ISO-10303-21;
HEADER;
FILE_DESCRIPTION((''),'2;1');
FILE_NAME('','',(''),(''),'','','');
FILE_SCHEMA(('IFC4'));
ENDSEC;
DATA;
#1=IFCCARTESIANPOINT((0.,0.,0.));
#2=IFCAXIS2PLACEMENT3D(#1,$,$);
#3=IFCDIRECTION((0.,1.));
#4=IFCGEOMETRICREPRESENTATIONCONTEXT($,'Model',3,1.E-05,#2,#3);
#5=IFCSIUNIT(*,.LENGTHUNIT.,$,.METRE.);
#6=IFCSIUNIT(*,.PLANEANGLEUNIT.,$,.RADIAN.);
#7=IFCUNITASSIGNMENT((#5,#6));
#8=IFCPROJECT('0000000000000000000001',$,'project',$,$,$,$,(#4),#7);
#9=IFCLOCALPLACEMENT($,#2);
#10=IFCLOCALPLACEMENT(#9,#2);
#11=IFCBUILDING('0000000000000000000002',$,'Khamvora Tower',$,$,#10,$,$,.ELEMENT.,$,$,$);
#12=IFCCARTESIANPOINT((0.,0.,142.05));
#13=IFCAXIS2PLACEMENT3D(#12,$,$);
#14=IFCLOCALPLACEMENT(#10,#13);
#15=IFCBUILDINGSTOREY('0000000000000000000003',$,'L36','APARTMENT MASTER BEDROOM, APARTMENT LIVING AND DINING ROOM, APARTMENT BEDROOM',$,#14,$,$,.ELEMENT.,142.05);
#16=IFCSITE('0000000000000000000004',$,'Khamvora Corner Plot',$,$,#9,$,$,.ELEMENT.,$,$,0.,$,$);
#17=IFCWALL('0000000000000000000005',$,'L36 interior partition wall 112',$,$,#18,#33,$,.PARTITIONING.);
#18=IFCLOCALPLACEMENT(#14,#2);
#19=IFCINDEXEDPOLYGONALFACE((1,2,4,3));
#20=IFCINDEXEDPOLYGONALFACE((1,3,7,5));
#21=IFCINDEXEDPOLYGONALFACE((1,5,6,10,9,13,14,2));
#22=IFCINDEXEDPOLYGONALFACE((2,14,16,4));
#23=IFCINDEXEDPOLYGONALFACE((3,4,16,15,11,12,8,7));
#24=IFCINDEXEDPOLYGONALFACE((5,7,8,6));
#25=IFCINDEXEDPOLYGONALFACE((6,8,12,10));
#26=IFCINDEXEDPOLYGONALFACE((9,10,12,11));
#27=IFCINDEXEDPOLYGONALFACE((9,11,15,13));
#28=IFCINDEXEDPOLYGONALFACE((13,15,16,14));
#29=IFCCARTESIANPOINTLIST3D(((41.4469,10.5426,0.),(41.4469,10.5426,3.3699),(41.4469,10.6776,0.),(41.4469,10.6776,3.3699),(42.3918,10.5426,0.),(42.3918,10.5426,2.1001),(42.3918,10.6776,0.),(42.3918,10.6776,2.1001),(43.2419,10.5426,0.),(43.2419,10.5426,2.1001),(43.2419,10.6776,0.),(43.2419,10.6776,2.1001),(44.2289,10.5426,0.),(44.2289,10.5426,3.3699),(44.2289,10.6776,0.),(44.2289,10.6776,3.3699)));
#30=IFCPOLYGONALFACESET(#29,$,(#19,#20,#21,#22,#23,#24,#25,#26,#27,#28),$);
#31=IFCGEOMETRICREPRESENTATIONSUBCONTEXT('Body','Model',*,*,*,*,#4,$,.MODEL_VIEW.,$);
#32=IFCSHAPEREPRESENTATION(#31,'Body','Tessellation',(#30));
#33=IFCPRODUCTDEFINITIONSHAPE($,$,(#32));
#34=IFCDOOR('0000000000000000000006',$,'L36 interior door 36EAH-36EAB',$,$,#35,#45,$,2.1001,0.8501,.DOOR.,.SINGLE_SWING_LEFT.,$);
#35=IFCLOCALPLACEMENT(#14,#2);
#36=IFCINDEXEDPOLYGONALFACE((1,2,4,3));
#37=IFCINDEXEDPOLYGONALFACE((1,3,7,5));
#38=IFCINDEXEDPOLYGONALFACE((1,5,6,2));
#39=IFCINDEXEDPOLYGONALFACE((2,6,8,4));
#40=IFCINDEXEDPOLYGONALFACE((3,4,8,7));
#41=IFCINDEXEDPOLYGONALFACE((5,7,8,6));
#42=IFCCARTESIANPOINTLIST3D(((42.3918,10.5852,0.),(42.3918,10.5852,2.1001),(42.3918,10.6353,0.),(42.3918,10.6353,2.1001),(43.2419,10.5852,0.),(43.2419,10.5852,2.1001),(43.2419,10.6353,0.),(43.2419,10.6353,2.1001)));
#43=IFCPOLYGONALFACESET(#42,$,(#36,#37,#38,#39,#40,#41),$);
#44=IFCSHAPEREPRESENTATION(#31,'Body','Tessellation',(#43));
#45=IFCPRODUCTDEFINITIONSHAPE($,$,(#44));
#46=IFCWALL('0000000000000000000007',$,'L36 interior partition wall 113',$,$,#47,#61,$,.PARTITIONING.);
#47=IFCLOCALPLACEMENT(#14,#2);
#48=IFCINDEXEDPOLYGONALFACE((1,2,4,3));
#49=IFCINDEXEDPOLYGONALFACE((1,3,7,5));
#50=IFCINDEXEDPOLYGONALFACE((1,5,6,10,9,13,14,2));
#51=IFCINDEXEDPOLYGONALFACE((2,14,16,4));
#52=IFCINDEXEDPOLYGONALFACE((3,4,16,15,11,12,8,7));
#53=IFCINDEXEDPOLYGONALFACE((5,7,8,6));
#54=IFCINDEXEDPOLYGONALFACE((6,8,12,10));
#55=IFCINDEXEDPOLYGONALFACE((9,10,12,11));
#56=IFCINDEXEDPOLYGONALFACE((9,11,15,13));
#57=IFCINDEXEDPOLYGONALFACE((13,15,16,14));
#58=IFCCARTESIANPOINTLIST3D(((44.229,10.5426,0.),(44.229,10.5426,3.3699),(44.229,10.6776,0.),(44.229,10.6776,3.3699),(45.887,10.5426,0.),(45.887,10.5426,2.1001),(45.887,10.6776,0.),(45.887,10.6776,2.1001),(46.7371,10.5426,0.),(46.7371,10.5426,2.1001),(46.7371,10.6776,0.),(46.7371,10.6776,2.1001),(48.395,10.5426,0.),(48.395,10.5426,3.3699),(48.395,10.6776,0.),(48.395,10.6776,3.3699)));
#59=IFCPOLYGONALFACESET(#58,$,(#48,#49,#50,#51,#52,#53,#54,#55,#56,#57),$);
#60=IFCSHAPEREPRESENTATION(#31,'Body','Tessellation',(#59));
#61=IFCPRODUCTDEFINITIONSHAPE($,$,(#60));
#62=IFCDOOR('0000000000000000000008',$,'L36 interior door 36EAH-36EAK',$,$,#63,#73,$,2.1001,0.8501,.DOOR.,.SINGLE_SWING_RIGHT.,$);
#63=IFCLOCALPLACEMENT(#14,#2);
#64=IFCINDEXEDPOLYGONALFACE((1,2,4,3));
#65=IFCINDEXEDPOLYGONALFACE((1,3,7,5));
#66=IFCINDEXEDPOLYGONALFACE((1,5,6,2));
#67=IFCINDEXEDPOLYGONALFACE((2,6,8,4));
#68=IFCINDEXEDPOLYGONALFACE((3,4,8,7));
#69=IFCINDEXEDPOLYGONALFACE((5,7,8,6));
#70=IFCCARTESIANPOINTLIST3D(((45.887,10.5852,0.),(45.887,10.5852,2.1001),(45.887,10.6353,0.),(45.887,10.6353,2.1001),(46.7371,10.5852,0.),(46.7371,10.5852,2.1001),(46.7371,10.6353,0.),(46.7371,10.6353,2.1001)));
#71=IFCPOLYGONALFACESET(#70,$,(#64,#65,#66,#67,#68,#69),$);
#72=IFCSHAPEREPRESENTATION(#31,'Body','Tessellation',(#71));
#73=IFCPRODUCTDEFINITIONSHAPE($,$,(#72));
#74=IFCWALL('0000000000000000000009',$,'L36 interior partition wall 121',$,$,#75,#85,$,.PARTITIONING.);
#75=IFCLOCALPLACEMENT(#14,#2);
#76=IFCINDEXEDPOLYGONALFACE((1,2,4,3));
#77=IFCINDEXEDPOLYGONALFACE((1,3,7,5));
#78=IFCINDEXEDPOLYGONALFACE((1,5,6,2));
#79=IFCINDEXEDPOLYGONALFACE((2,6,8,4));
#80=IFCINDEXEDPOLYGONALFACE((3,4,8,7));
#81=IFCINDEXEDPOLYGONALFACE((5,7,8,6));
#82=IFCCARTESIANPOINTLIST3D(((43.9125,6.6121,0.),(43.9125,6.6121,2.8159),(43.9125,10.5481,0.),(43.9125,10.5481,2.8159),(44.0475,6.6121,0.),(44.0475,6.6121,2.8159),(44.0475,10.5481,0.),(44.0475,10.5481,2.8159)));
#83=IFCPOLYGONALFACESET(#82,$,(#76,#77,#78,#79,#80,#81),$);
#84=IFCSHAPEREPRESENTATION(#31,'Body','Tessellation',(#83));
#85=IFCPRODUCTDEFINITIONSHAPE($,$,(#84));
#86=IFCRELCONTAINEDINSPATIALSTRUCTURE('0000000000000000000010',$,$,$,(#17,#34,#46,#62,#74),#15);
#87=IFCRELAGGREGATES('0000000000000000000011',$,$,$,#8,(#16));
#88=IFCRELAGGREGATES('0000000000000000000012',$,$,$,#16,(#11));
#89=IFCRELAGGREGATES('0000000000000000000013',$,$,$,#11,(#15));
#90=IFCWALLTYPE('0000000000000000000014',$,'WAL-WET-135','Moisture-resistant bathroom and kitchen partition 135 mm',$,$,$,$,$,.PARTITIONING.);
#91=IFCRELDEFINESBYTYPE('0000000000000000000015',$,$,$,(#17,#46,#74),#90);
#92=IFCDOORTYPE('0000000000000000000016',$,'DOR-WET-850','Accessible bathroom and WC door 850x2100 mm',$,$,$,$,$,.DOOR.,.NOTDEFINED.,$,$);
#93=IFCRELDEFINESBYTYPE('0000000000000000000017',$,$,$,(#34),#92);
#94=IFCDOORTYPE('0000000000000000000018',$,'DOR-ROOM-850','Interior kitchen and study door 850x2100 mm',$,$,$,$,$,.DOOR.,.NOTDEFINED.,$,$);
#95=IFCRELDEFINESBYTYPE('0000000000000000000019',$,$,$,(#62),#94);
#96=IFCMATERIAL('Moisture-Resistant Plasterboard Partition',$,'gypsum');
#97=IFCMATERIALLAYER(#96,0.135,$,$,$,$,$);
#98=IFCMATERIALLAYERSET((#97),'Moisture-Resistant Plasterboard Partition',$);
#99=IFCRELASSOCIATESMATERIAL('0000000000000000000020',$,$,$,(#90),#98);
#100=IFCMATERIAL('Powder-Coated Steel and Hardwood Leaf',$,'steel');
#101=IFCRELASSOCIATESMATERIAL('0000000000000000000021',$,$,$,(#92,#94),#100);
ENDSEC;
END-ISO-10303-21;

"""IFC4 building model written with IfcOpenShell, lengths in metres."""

from ifc_helpers import new_model, si_unit, direction, frame, frame_2d, origin, place, context, subcontext, project, spatial, rectangle, extrude, material, layer, layer_set, type_object, element, fill, save


model = new_model("IFC4")

# Units and contexts
model_context = context("Model", 3, precision=1e-05, world=origin(), true_north=direction((0.0, 1.0)))
body_context = subcontext(model_context, "Body", "Model", "MODEL_VIEW")
ifc_project = project(units=[si_unit("LENGTHUNIT", "METRE"), si_unit("PLANEANGLEUNIT", "RADIAN")], contexts=[model_context])

# Site, building, storey
site_placement = place(None, origin())
site = spatial("IfcSite", under=ifc_project, at=site_placement, Name="Khamvora Corner Plot", CompositionType="ELEMENT", RefElevation=0.0)
building_placement = place(site_placement, origin())
building = spatial("IfcBuilding", under=site, at=building_placement, Name="Khamvora Tower", CompositionType="ELEMENT")
storey_placement = place(building_placement, frame((0.0, 0.0, 142.05)))
storey = spatial("IfcBuildingStorey", under=building, at=storey_placement, Name="L36", Description="APARTMENT MASTER BEDROOM, APARTMENT LIVING AND DINING ROOM, APARTMENT BEDROOM", CompositionType="ELEMENT", Elevation=142.05)

# Walls, openings, doors
ifc_material_1 = material(Name="Powder-Coated Steel and Hardwood Leaf", Category="steel")
ifc_material_2 = material(Name="Moisture-Resistant Plasterboard Partition", Category="gypsum")
ifc_layer_1 = layer(ifc_material_2, 0.135)
ifc_layer_set_1 = layer_set([ifc_layer_1], Name="Moisture-Resistant Plasterboard Partition")
wall_type_1 = type_object("IfcWallType", Name="WAL-WET-135", Description="Moisture-resistant bathroom and kitchen partition 135 mm", PredefinedType="PARTITIONING", material=ifc_layer_set_1)
wall_1_placement = place(storey_placement, frame((44.229, 10.6101, 0.0), z_axis=(0.0, 0.0, 1.0), x_axis=(-1.0, 0.0, 0.0)))
wall_1 = element("IfcWall", 1, at=wall_1_placement, inside=storey, type_object=wall_type_1, Name="L36 interior partition wall 112", PredefinedType="PARTITIONING", context=body_context, shape_type="SweptSolid", body=[
    extrude(rectangle(XDim=2.782, YDim=0.135, at=frame_2d((1.3911, 0.0))), origin(), (0.0, 0.0, 1.0), 3.3699),
])
opening_1_placement = place(wall_1_placement, frame((0.9871, 0.0, 0.0)))
opening_1 = element("IfcOpeningElement", 2, at=opening_1_placement, cuts=wall_1, PredefinedType="OPENING", context=body_context, shape_type="SweptSolid", body=[
    extrude(rectangle(XDim=0.8501, YDim=2.1001, at=frame_2d((0.425, 1.05))), frame((0.0, 0.0774, 0.0), z_axis=(0.0, -1.0, 0.0), x_axis=(1.0, 0.0, 0.0)), (0.0, 0.0, 1.0), 0.155),
])
door_type_1 = type_object("IfcDoorType", Name="DOR-WET-850", Description="Accessible bathroom and WC door 850x2100 mm", OperationType="NOTDEFINED", PredefinedType="DOOR", material=ifc_material_1)
door_1_placement = place(opening_1_placement, origin())
door_1 = element("IfcDoor", 3, at=door_1_placement, inside=storey, type_object=door_type_1, Name="L36 interior door 36EAH-36EAB", OperationType="SINGLE_SWING_LEFT", OverallHeight=2.1001, OverallWidth=0.8501, PredefinedType="DOOR", context=body_context, shape_type="SweptSolid", body=[
    extrude(rectangle(XDim=0.8501, YDim=2.1001, at=frame_2d((0.425, 1.05))), frame((0.0, 0.0249, 0.0), z_axis=(0.0, -1.0, 0.0), x_axis=(1.0, 0.0, 0.0)), (0.0, 0.0, 1.0), 0.05),
])
fill(opening_1, door_1)
wall_2_placement = place(storey_placement, frame((48.395, 10.6101, 0.0), z_axis=(0.0, 0.0, 1.0), x_axis=(-1.0, 0.0, 0.0)))
wall_2 = element("IfcWall", 4, at=wall_2_placement, inside=storey, type_object=wall_type_1, Name="L36 interior partition wall 113", PredefinedType="PARTITIONING", context=body_context, shape_type="SweptSolid", body=[
    extrude(rectangle(XDim=4.166, YDim=0.135, at=frame_2d((2.083, 0.0))), origin(), (0.0, 0.0, 1.0), 3.3699),
])
opening_2_placement = place(wall_2_placement, frame((1.658, 0.0, 0.0)))
opening_2 = element("IfcOpeningElement", 5, at=opening_2_placement, cuts=wall_2, PredefinedType="OPENING", context=body_context, shape_type="SweptSolid", body=[
    extrude(rectangle(XDim=0.8501, YDim=2.1001, at=frame_2d((0.425, 1.05))), frame((0.0, 0.0774, 0.0), z_axis=(0.0, -1.0, 0.0), x_axis=(1.0, 0.0, 0.0)), (0.0, 0.0, 1.0), 0.155),
])
door_type_2 = type_object("IfcDoorType", Name="DOR-ROOM-850", Description="Interior kitchen and study door 850x2100 mm", OperationType="NOTDEFINED", PredefinedType="DOOR", material=ifc_material_1)
door_2_placement = place(opening_2_placement, origin())
door_2 = element("IfcDoor", 6, at=door_2_placement, inside=storey, type_object=door_type_2, Name="L36 interior door 36EAH-36EAK", OperationType="SINGLE_SWING_RIGHT", OverallHeight=2.1001, OverallWidth=0.8501, PredefinedType="DOOR", context=body_context, shape_type="SweptSolid", body=[
    extrude(rectangle(XDim=0.8501, YDim=2.1001, at=frame_2d((0.425, 1.05))), frame((0.0, 0.0249, 0.0), z_axis=(0.0, -1.0, 0.0), x_axis=(1.0, 0.0, 0.0)), (0.0, 0.0, 1.0), 0.05),
])
fill(opening_2, door_2)

# Wall
wall_3_placement = place(storey_placement, frame((43.98, 10.5481, 0.0), z_axis=(0.0, 0.0, 1.0), x_axis=(0.0, -1.0, 0.0)))
element("IfcWall", 7, at=wall_3_placement, inside=storey, type_object=wall_type_1, Name="L36 interior partition wall 121", PredefinedType="PARTITIONING", context=body_context, shape_type="SweptSolid", body=[
    extrude(rectangle(XDim=3.936, YDim=0.135, at=frame_2d((1.968, 0.0))), origin(), (0.0, 0.0, 1.0), 2.8159),
])

save(model, "model.ifc")
